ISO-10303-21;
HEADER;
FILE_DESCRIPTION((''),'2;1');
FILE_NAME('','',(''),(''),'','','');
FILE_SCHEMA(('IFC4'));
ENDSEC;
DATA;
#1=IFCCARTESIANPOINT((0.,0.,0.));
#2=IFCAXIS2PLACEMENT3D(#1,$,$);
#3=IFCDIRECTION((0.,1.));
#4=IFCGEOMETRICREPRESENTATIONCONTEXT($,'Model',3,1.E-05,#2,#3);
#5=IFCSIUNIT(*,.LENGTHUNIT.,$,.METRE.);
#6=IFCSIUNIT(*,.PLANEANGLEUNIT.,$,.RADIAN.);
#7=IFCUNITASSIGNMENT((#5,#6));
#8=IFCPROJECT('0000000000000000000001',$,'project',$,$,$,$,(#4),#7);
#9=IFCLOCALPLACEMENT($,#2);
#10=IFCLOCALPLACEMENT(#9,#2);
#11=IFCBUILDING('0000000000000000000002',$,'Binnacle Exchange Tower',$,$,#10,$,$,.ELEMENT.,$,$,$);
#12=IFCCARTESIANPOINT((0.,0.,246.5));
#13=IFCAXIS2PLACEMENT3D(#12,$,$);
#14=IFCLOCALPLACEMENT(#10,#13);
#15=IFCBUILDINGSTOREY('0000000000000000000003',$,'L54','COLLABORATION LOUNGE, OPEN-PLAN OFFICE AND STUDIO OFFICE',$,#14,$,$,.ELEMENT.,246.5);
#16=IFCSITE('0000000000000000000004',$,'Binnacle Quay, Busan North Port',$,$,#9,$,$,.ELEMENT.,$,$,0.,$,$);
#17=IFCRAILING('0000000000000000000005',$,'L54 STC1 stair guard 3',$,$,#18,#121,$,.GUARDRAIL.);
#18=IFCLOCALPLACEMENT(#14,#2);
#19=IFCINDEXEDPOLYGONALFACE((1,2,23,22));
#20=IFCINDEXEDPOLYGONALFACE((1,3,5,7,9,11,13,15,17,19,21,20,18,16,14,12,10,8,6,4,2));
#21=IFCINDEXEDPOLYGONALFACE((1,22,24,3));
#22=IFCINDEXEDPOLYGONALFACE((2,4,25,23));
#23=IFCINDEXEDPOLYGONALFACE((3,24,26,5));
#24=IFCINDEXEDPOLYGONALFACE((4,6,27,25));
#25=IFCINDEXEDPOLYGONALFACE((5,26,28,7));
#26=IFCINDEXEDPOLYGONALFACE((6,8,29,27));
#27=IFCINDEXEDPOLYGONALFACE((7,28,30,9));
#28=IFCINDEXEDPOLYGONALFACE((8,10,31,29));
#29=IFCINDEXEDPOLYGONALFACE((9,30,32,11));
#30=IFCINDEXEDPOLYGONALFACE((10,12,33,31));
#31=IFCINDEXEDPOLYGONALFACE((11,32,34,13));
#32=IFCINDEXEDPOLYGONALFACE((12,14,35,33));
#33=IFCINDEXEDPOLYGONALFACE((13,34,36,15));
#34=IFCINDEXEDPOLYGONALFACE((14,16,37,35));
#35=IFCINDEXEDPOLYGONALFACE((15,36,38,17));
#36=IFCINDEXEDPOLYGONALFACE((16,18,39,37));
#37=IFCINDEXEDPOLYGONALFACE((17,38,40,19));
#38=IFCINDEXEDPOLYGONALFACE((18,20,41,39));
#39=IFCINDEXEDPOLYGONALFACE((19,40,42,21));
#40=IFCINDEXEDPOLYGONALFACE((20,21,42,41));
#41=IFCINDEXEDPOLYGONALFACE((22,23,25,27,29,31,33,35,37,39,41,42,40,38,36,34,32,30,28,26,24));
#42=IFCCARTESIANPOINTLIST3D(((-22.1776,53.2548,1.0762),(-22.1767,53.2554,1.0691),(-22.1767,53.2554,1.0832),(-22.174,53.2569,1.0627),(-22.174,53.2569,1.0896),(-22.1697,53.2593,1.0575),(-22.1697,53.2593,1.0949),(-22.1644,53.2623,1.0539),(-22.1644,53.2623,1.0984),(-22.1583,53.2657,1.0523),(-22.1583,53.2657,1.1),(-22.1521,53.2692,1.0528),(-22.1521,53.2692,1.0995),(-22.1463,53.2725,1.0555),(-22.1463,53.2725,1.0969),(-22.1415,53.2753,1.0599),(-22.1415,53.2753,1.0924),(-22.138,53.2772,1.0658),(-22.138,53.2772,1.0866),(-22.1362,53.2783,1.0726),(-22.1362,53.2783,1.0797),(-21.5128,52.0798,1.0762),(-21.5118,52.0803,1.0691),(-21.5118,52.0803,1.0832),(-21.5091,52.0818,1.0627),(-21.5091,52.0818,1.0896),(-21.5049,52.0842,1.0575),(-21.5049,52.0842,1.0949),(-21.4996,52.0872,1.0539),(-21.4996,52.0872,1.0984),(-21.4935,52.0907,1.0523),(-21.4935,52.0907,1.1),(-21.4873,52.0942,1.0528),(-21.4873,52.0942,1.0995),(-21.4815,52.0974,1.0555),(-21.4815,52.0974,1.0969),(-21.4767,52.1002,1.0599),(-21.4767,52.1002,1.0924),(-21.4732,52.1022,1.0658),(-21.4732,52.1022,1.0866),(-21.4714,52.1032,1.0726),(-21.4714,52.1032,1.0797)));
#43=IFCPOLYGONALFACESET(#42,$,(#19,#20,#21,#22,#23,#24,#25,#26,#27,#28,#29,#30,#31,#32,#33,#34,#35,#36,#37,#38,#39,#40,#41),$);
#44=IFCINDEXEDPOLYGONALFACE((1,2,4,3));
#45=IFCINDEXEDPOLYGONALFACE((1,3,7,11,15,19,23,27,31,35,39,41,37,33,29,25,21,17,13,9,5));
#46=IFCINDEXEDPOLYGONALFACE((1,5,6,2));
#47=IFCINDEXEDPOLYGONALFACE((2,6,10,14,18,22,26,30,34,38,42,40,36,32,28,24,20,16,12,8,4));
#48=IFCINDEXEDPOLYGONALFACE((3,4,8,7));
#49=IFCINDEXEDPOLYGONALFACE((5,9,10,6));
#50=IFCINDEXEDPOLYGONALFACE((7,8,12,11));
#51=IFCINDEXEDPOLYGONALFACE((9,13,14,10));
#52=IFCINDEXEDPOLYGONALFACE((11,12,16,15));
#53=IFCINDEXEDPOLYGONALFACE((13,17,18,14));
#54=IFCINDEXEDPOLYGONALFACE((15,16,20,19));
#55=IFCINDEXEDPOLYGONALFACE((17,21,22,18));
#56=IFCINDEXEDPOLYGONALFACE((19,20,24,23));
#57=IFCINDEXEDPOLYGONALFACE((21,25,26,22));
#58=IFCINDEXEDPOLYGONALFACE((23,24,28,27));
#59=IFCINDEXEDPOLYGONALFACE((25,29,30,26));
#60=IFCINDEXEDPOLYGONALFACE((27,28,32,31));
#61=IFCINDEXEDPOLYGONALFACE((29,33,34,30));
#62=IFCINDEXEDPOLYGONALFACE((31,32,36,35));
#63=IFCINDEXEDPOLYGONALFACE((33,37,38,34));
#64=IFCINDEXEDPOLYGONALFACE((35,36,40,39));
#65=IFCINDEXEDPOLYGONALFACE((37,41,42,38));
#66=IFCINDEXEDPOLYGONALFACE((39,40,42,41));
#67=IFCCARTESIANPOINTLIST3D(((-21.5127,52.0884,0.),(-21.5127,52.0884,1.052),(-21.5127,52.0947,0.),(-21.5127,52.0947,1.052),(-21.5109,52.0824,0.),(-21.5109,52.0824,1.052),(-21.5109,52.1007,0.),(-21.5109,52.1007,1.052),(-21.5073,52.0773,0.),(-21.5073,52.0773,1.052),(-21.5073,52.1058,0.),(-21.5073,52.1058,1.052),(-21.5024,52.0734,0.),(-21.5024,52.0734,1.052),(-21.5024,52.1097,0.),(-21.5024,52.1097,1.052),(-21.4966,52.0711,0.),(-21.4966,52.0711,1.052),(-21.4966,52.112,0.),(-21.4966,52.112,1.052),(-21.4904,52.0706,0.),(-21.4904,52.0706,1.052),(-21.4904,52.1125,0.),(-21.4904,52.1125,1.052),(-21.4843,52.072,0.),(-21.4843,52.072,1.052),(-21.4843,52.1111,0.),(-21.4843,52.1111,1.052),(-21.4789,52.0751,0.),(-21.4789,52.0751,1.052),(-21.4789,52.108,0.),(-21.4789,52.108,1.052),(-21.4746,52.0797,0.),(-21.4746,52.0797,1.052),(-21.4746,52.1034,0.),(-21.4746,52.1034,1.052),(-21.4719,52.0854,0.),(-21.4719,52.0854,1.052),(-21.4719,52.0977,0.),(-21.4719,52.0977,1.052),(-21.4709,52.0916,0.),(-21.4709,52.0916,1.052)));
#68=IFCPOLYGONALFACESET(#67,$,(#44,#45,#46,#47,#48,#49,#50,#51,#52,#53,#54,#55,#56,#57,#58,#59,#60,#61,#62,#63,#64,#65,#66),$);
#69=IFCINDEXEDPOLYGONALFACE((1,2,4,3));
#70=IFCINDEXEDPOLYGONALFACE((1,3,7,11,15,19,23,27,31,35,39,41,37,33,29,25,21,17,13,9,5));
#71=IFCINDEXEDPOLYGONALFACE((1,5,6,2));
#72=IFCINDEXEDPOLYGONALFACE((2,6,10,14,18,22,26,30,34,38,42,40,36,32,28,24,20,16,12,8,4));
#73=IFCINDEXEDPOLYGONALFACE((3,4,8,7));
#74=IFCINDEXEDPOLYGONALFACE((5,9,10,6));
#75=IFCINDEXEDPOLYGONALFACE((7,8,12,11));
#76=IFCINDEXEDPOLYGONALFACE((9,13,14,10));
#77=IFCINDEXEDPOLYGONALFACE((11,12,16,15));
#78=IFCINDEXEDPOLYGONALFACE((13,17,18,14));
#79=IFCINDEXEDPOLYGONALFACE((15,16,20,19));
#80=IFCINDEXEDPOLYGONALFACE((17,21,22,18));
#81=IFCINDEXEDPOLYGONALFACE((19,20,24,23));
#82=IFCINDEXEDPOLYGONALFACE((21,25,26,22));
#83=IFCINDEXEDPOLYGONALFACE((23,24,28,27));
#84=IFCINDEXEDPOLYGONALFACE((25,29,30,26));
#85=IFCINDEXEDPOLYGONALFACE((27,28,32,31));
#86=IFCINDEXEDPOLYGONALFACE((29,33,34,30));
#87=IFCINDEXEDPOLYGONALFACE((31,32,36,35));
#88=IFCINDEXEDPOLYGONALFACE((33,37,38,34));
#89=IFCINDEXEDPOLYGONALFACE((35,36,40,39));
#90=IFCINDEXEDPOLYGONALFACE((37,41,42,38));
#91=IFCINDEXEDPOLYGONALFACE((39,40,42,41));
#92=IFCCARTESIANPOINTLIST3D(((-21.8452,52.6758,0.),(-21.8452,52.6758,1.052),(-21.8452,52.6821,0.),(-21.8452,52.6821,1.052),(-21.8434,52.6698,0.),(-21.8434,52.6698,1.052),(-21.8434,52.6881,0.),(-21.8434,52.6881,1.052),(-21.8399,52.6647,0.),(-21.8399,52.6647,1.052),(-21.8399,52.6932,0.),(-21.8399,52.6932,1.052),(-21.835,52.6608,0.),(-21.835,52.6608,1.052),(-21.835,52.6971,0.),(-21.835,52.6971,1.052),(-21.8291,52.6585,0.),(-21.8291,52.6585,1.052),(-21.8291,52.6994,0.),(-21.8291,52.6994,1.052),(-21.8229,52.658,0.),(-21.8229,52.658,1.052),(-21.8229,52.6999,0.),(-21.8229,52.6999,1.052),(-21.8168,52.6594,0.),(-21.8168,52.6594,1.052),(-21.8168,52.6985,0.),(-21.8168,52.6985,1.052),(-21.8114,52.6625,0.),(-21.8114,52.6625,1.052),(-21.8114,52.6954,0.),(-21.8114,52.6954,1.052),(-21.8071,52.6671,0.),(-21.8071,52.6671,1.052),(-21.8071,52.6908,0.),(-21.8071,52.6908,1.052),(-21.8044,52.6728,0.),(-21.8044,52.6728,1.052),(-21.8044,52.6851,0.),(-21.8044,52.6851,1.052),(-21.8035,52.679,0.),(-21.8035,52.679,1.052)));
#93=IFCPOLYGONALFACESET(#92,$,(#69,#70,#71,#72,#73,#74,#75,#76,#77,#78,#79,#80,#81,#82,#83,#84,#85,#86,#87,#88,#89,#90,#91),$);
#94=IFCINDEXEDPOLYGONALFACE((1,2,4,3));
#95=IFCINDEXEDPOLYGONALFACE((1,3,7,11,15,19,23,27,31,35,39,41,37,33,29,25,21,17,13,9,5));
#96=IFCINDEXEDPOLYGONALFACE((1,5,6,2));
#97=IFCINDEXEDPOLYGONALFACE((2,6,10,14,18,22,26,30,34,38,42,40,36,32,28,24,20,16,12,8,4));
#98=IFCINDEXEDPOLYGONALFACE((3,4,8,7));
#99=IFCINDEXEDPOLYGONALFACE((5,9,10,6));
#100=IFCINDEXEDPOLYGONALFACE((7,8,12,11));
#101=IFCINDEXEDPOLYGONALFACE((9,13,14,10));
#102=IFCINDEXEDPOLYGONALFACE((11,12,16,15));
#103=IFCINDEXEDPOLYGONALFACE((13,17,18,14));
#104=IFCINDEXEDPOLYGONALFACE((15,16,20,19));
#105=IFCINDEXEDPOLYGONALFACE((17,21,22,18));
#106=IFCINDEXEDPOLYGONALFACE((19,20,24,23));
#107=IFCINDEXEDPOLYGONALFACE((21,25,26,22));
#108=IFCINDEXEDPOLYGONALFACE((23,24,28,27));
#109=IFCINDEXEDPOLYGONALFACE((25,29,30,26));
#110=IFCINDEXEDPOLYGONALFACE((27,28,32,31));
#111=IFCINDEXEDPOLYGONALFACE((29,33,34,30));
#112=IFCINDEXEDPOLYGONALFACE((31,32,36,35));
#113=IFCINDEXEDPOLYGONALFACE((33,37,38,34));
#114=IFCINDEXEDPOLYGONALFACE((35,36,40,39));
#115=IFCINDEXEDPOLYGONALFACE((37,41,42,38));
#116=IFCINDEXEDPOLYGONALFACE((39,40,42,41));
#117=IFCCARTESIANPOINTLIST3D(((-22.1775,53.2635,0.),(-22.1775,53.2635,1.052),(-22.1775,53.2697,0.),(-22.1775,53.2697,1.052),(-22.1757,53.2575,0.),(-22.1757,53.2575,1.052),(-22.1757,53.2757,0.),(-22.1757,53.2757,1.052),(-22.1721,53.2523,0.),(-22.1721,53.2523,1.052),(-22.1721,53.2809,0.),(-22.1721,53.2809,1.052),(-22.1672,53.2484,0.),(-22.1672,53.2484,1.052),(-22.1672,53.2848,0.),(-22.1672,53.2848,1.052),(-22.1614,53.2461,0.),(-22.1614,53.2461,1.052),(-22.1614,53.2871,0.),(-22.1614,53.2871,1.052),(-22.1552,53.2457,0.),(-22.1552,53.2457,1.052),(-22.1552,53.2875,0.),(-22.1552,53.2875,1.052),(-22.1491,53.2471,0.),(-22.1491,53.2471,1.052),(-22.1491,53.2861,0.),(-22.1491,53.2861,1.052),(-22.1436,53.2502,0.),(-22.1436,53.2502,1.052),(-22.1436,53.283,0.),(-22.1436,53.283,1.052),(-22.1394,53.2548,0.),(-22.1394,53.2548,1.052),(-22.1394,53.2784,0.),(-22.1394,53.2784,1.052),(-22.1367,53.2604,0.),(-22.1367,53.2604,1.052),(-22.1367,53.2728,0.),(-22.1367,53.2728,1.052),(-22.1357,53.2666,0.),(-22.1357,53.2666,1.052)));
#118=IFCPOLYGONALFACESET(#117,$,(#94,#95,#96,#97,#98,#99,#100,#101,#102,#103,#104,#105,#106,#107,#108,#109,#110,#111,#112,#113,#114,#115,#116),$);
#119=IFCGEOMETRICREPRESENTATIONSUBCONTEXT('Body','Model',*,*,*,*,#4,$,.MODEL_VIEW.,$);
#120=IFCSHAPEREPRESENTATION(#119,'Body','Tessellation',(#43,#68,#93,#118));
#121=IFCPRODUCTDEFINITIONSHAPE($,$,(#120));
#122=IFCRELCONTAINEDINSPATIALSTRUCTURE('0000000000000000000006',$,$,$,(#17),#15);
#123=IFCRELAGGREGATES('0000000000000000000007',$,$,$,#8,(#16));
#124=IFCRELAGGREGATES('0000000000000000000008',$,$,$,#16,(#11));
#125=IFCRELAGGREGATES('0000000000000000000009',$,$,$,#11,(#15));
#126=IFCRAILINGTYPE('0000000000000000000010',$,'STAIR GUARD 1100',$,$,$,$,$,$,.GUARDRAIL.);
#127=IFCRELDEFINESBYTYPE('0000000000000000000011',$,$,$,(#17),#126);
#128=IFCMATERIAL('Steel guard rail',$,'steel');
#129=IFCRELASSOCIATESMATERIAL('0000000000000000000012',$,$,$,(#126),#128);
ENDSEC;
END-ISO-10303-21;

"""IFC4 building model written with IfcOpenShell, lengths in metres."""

from ifc_helpers import new_model, si_unit, direction, frame, origin, origin_2d, place, context, subcontext, project, spatial, circle, extrude, material, type_object, element, save


model = new_model("IFC4")

# Units and contexts
model_context = context("Model", 3, precision=1e-05, world=origin(), true_north=direction((0.0, 1.0)))
body_context = subcontext(model_context, "Body", "Model", "MODEL_VIEW")
ifc_project = project(units=[si_unit("LENGTHUNIT", "METRE"), si_unit("PLANEANGLEUNIT", "RADIAN")], contexts=[model_context])

# Site, building, storey
site_placement = place(None, origin())
site = spatial("IfcSite", under=ifc_project, at=site_placement, Name="Binnacle Quay, Busan North Port", CompositionType="ELEMENT", RefElevation=0.0)
building_placement = place(site_placement, origin())
building = spatial("IfcBuilding", under=site, at=building_placement, Name="Binnacle Exchange Tower", CompositionType="ELEMENT")
storey_placement = place(building_placement, frame((0.0, 0.0, 246.5)))
storey = spatial("IfcBuildingStorey", under=building, at=storey_placement, Name="L54", Description="COLLABORATION LOUNGE, OPEN-PLAN OFFICE AND STUDIO OFFICE", CompositionType="ELEMENT", Elevation=246.5)

# Railing
ifc_material_1 = material(Name="Steel guard rail", Category="steel")
railing_type_1 = type_object("IfcRailingType", Name="STAIR GUARD 1100", PredefinedType="GUARDRAIL", material=ifc_material_1)
railing_1_placement = place(storey_placement, frame((-21.4919, 52.0916, 0.0)))
element("IfcRailing", 1, at=railing_1_placement, inside=storey, type_object=railing_type_1, Name="L54 STC1 stair guard 3", PredefinedType="GUARDRAIL", context=body_context, shape_type="SweptSolid", body=[
    extrude(circle(Radius=0.0239, at=origin_2d()), frame((0.0, 0.0, 1.0762), z_axis=(-0.492415, 0.870361, 0.0), x_axis=(-0.870361, -0.492415, 0.0)), (0.0, 0.0, 1.0), 1.3501),
    extrude(circle(Radius=0.021, at=origin_2d()), origin(), (0.0, 0.0, 1.0), 1.052),
    extrude(circle(Radius=0.021, at=origin_2d()), frame((-0.3325, 0.5874, 0.0)), (0.0, 0.0, 1.0), 1.052),
    extrude(circle(Radius=0.021, at=origin_2d()), frame((-0.6648, 1.175, 0.0)), (0.0, 0.0, 1.0), 1.052),
])

save(model, "model.ifc")
